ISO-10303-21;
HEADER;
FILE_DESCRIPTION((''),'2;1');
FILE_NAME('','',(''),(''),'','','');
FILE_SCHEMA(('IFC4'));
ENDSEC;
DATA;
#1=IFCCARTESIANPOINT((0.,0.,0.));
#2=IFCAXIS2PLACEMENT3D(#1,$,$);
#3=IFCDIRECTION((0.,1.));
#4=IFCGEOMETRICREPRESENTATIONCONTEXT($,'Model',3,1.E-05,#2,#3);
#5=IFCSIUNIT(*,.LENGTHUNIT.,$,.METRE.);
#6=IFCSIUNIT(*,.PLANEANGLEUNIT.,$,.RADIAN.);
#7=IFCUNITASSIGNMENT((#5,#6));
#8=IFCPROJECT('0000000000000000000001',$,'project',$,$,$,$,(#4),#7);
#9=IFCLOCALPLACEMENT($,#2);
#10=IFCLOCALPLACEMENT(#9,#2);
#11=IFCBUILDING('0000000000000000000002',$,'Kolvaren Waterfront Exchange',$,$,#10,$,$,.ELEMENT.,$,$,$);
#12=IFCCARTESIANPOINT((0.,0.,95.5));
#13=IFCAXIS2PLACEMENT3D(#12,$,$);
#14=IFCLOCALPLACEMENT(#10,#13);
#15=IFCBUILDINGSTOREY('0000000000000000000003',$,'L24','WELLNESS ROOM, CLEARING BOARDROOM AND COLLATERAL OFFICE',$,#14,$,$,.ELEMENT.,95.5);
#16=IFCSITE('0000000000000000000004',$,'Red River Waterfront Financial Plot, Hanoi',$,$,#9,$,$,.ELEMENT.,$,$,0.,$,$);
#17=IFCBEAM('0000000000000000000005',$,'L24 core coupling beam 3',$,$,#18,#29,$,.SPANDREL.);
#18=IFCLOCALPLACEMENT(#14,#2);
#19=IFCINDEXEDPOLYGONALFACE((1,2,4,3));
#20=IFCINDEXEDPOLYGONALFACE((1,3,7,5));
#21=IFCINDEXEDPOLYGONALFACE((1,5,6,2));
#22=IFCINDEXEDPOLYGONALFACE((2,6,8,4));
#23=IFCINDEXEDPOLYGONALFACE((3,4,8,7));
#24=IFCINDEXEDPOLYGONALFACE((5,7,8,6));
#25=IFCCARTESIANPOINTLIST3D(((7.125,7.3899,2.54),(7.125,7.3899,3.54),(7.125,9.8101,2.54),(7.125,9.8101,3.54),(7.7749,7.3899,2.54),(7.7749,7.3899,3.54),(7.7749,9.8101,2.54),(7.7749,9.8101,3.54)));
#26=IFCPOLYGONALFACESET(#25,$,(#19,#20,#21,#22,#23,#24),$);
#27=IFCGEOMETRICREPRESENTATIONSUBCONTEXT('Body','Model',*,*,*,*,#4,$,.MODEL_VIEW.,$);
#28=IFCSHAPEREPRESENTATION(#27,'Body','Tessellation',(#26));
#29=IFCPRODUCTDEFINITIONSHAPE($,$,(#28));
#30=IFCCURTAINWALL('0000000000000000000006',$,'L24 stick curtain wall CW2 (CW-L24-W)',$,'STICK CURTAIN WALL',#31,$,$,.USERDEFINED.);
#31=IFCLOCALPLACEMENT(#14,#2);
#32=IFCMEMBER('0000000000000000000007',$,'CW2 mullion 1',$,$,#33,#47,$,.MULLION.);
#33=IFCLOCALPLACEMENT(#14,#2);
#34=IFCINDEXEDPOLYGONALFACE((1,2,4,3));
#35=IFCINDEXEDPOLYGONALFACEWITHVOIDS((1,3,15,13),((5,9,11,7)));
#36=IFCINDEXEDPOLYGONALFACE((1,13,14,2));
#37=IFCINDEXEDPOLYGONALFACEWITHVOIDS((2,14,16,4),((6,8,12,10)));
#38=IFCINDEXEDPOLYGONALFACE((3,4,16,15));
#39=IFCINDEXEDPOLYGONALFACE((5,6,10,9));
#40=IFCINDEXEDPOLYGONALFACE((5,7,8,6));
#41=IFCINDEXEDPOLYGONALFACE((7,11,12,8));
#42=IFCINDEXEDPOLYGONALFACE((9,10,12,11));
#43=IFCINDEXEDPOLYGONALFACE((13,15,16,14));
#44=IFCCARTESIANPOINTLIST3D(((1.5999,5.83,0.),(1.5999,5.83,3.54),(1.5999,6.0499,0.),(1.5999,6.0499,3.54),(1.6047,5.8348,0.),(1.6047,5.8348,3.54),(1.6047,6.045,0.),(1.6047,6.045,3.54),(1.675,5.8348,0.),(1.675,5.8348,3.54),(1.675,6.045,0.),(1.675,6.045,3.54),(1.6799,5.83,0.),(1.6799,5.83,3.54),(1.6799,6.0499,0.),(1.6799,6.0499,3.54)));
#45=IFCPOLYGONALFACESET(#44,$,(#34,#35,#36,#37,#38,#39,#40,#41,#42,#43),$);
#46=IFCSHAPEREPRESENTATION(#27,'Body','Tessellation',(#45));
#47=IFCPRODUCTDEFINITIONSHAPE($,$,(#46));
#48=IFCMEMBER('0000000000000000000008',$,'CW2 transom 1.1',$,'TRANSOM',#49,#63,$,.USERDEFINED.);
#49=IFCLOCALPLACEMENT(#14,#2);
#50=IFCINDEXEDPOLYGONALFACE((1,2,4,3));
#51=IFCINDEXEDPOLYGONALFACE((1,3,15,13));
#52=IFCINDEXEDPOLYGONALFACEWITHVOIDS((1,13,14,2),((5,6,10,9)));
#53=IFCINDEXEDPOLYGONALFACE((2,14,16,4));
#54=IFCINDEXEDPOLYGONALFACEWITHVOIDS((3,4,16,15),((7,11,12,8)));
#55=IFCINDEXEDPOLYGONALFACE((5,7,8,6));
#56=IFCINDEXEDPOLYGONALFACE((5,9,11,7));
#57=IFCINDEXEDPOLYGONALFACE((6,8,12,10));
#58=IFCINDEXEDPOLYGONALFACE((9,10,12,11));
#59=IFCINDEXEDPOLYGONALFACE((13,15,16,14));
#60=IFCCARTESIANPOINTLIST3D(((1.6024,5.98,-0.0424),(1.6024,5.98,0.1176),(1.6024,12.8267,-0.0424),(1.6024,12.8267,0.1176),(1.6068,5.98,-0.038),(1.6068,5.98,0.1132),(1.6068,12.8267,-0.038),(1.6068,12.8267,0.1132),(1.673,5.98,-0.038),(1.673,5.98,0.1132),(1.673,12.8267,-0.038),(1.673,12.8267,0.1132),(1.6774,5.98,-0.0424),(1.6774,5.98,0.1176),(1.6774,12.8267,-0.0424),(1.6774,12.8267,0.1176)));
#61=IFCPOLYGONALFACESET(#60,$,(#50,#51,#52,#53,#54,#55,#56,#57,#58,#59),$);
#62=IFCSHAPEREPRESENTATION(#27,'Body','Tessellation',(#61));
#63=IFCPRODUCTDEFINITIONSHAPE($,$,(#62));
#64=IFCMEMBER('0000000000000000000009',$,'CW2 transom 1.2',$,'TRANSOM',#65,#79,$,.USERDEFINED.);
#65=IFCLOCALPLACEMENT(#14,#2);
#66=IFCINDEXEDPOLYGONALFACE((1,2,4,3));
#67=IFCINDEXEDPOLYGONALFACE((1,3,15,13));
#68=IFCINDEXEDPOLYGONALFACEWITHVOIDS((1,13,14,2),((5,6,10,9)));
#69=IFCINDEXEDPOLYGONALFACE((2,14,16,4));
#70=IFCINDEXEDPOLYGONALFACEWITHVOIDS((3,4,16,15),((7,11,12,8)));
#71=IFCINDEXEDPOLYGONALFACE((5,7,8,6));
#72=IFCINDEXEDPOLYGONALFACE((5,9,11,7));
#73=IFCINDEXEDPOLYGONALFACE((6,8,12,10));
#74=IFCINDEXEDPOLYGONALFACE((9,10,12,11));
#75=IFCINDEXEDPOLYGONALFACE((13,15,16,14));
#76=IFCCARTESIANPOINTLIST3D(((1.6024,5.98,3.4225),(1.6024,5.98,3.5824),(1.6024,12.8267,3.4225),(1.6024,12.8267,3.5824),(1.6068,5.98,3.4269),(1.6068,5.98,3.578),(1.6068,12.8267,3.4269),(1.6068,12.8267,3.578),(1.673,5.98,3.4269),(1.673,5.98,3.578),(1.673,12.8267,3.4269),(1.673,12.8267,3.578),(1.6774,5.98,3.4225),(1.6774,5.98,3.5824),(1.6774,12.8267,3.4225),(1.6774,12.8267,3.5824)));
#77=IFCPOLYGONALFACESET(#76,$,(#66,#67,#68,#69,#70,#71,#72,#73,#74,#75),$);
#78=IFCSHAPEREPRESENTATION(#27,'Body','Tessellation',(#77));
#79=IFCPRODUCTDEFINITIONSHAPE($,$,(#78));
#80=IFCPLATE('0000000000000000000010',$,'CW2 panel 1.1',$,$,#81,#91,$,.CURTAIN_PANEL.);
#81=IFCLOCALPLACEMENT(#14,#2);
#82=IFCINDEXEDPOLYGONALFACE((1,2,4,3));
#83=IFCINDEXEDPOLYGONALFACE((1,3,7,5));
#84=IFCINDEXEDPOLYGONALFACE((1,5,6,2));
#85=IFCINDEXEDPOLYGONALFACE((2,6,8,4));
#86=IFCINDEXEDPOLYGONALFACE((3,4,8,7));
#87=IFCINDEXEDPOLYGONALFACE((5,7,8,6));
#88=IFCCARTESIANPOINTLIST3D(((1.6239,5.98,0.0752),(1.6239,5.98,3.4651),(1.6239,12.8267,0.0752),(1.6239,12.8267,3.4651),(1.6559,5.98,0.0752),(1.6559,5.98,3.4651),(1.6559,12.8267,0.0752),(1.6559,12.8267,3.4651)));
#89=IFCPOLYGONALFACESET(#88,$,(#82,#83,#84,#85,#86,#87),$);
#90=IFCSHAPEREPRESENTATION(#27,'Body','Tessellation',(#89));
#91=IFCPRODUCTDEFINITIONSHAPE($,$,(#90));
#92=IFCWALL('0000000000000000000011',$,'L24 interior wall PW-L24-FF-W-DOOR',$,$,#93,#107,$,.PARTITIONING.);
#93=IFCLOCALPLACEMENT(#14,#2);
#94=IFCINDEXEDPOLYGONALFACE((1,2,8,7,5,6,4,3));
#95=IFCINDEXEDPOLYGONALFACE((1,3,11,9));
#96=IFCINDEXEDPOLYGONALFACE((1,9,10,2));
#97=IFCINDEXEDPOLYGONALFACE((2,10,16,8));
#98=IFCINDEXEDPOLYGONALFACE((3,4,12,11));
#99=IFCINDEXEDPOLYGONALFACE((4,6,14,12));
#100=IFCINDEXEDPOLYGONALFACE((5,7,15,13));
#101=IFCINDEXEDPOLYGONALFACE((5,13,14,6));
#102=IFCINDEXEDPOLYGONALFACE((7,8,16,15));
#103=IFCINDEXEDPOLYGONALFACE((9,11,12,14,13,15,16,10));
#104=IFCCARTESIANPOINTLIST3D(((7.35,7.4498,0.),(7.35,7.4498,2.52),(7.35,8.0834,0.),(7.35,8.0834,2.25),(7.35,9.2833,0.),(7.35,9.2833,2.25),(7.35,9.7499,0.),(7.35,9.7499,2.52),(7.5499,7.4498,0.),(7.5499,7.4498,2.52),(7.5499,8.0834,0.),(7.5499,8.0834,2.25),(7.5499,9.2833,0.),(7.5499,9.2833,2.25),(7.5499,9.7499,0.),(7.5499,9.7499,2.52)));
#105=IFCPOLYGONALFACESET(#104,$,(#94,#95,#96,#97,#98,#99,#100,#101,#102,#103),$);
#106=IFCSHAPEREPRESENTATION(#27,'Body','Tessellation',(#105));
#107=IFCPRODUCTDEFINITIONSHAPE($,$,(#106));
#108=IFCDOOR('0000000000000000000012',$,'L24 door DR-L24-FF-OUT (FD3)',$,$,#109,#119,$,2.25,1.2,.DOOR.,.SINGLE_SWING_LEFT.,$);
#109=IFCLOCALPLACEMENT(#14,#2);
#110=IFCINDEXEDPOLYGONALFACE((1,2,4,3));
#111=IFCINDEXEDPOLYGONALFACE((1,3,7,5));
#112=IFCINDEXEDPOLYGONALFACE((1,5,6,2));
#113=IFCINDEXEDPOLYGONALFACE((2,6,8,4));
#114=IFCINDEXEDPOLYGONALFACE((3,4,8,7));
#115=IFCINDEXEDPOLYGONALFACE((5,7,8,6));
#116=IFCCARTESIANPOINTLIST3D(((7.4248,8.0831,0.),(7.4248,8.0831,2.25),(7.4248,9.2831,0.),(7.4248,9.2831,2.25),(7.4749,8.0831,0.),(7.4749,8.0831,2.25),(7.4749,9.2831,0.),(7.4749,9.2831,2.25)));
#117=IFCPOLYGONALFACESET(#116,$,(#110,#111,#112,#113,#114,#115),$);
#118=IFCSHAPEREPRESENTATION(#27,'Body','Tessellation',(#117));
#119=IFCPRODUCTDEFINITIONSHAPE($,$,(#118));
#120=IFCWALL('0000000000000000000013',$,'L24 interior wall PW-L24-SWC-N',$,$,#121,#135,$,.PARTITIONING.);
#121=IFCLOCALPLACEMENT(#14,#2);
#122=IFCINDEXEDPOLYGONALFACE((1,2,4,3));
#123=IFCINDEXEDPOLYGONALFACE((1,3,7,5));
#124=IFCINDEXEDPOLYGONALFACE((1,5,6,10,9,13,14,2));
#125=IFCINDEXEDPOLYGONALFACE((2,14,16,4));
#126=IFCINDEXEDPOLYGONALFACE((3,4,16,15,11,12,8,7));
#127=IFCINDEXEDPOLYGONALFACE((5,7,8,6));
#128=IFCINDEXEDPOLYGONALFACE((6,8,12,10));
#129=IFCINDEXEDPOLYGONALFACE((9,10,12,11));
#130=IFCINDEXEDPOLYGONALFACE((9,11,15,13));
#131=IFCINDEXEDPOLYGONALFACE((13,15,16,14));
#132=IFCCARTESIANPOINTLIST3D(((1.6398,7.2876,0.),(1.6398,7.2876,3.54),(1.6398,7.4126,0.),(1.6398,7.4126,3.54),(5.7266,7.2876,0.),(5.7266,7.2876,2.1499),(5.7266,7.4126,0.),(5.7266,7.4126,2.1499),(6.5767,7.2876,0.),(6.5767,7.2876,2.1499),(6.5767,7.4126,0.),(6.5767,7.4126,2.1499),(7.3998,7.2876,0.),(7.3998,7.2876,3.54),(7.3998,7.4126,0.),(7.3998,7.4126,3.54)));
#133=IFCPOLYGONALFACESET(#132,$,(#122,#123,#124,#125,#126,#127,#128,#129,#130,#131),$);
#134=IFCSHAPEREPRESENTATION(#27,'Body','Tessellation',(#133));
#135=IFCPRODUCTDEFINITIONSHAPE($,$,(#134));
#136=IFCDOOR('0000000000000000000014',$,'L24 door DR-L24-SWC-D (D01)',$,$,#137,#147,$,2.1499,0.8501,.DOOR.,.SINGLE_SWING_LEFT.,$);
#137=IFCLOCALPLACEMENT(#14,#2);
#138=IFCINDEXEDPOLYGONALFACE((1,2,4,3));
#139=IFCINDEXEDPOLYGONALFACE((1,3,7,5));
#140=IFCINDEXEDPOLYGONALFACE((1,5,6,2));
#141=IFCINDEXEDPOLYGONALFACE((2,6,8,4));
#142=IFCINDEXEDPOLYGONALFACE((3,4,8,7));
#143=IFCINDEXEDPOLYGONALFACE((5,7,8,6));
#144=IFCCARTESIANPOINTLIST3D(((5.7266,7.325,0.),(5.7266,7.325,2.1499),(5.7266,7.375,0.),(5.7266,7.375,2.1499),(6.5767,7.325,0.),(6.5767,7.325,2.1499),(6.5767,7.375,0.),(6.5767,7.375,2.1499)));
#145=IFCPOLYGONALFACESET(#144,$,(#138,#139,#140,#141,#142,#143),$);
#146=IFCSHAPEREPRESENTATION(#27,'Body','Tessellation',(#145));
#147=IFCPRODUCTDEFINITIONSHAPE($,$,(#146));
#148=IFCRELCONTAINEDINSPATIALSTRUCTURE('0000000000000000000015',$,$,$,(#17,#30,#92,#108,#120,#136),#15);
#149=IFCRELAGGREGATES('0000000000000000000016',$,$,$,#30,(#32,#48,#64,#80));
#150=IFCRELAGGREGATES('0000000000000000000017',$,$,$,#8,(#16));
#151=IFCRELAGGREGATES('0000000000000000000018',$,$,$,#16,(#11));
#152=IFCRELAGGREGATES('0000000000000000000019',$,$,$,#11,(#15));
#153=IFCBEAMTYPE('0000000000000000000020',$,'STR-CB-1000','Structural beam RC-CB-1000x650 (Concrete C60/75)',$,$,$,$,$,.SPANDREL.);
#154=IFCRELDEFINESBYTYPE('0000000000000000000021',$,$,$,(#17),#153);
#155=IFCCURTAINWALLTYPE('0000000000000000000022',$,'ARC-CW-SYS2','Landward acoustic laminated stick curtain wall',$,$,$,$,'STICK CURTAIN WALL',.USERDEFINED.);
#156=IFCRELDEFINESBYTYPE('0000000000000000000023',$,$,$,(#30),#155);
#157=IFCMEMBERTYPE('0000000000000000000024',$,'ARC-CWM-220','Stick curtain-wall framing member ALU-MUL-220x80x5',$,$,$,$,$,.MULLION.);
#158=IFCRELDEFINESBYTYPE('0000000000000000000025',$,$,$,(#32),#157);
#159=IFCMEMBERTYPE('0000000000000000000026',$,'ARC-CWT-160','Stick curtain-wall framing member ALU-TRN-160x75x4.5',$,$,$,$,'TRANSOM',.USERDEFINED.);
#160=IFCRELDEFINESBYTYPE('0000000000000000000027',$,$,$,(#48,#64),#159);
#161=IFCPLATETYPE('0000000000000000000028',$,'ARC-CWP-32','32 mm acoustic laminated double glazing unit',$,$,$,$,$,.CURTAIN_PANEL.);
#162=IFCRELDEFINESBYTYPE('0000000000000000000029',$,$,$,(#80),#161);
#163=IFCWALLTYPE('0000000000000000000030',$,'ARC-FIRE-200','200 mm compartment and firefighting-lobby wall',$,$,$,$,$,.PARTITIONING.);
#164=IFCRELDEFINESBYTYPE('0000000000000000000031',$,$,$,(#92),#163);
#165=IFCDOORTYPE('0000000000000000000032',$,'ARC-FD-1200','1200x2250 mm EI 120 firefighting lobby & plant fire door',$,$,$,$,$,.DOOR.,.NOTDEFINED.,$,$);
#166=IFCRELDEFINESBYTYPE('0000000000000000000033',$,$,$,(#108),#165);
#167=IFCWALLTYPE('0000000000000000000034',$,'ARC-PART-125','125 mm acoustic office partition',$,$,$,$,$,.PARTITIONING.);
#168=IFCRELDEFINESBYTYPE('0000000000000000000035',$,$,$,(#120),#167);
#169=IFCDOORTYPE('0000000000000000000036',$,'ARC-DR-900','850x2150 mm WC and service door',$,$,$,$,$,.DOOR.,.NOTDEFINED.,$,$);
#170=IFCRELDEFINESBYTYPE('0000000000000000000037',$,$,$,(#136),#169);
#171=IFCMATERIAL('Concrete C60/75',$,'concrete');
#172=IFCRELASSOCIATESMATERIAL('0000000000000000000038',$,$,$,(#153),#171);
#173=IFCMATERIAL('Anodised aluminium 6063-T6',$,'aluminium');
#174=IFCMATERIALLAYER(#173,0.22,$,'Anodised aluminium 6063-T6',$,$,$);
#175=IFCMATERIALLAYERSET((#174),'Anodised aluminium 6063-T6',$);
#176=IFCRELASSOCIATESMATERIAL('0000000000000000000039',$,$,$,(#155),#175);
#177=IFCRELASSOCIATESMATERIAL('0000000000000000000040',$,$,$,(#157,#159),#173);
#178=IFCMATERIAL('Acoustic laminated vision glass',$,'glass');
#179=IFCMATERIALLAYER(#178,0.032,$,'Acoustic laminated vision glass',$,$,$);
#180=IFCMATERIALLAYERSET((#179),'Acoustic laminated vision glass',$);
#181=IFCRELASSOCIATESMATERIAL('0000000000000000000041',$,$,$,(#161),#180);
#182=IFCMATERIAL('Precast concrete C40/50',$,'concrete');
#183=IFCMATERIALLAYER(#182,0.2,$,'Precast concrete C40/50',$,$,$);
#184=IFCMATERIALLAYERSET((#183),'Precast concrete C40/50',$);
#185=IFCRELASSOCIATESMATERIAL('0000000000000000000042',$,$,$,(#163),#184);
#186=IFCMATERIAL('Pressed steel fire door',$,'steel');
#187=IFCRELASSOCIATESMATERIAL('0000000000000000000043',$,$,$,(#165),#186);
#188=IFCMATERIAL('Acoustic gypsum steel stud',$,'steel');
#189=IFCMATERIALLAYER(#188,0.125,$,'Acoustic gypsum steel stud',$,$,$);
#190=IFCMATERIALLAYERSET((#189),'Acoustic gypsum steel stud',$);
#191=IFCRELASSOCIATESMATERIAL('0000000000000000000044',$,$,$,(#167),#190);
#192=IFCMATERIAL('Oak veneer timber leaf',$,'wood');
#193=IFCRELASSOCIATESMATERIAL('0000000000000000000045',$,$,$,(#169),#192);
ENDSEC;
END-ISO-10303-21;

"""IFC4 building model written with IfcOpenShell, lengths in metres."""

from ifc_helpers import new_model, si_unit, direction, frame, frame_2d, origin, origin_with_axes, origin_2d, place, context, subcontext, project, spatial, rectangle, hollow_rectangle, extrude, source, transform, mapped, material, layer, layer_set, material_profile, profile_set, type_object, element, fill, aggregate, save


model = new_model("IFC4")

# Units and contexts
model_context = context("Model", 3, precision=1e-05, world=origin(), true_north=direction((0.0, 1.0)))
body_context = subcontext(model_context, "Body", "Model", "MODEL_VIEW")
ifc_project = project(units=[si_unit("LENGTHUNIT", "METRE"), si_unit("PLANEANGLEUNIT", "RADIAN")], contexts=[model_context])

# Site, building, storey
site_placement = place(None, origin())
site = spatial("IfcSite", under=ifc_project, at=site_placement, Name="Red River Waterfront Financial Plot, Hanoi", CompositionType="ELEMENT", RefElevation=0.0)
building_placement = place(site_placement, origin())
building = spatial("IfcBuilding", under=site, at=building_placement, Name="Kolvaren Waterfront Exchange", CompositionType="ELEMENT")
storey_placement = place(building_placement, frame((0.0, 0.0, 95.5)))
storey = spatial("IfcBuildingStorey", under=building, at=storey_placement, Name="L24", Description="WELLNESS ROOM, CLEARING BOARDROOM AND COLLATERAL OFFICE", CompositionType="ELEMENT", Elevation=95.5)

# Beam
ifc_material_1 = material(Name="Concrete C60/75", Category="concrete")
ifc_material_profile_1 = material_profile(ifc_material_1, rectangle(XDim=0.6499, YDim=1.0, at=origin_2d()), Name="RC-CB-1000x650")
ifc_profile_set_1 = profile_set([ifc_material_profile_1], Name="Concrete C60/75")
beam_type = type_object("IfcBeamType", Name="STR-CB-1000", Description="Structural beam RC-CB-1000x650 (Concrete C60/75)", PredefinedType="SPANDREL", material=ifc_profile_set_1)
beam_placement = place(storey_placement, frame((7.45, 7.3899, 3.04), z_axis=(0.0, 1.0, 0.0), x_axis=(-1.0, 0.0, 0.0)))
element("IfcBeam", 1, at=beam_placement, inside=storey, type_object=beam_type, Name="L24 core coupling beam 3", PredefinedType="SPANDREL", context=body_context, shape_type="SweptSolid", body=[
    extrude(rectangle(XDim=0.6499, YDim=1.0, at=origin_2d()), origin(), (0.0, 0.0, 1.0), 2.4202),
])

# Curtain wall, members, plate
ifc_material_2 = material(Name="Anodised aluminium 6063-T6", Category="aluminium")
ifc_layer_1 = layer(ifc_material_2, 0.22, Name="Anodised aluminium 6063-T6")
ifc_layer_set_1 = layer_set([ifc_layer_1], Name="Anodised aluminium 6063-T6")
curtain_wall_type = type_object("IfcCurtainWallType", Name="ARC-CW-SYS2", Description="Landward acoustic laminated stick curtain wall", ElementType="STICK CURTAIN WALL", PredefinedType="USERDEFINED", material=ifc_layer_set_1)
curtain_wall_placement = place(storey_placement, origin())
curtain_wall = element("IfcCurtainWall", 2, at=curtain_wall_placement, inside=storey, type_object=curtain_wall_type, Name="L24 stick curtain wall CW2 (CW-L24-W)", ObjectType="STICK CURTAIN WALL", PredefinedType="USERDEFINED")
ifc_material_profile_2 = material_profile(ifc_material_2, hollow_rectangle(XDim=0.0801, YDim=0.22, WallThickness=0.0049, at=origin_2d()), Name="ALU-MUL-220x80x5")
ifc_profile_set_2 = profile_set([ifc_material_profile_2], Name="Anodised aluminium 6063-T6")
member_type_1 = type_object("IfcMemberType", Name="ARC-CWM-220", Description="Stick curtain-wall framing member ALU-MUL-220x80x5", PredefinedType="MULLION", material=ifc_profile_set_2)
shared_shape_1 = source(origin_with_axes(), body_context, "Body", "SweptSolid", [
    extrude(hollow_rectangle(XDim=0.0801, YDim=0.22, WallThickness=0.0049, at=origin_2d()), origin(), (0.0, 0.0, 1.0), 3.54),
])
member_1_placement = place(storey_placement, frame((1.6399, 5.9399, 0.0), z_axis=(0.0, 0.0, 1.0), x_axis=(-1.0, 0.0, 0.0)))
member_1 = element("IfcMember", 3, at=member_1_placement, type_object=member_type_1, Name="CW2 mullion 1", PredefinedType="MULLION", context=body_context, shape_type="MappedRepresentation", body=[
    mapped(shared_shape_1, transform((0.0, 0.0, 0.0), x_axis=(1.0, 0.0, 0.0), y_axis=(0.0, 1.0, 0.0), z_axis=(0.0, 0.0, 1.0), scale=1.0)),
])
ifc_material_profile_3 = material_profile(ifc_material_2, hollow_rectangle(XDim=0.075, YDim=0.1599, WallThickness=0.0044, at=origin_2d()), Name="ALU-TRN-160x75x4.5")
ifc_profile_set_3 = profile_set([ifc_material_profile_3], Name="Anodised aluminium 6063-T6")
member_type_2 = type_object("IfcMemberType", Name="ARC-CWT-160", Description="Stick curtain-wall framing member ALU-TRN-160x75x4.5", ElementType="TRANSOM", PredefinedType="USERDEFINED", material=ifc_profile_set_3)
shared_shape_2 = source(origin_with_axes(), body_context, "Body", "SweptSolid", [
    extrude(hollow_rectangle(XDim=0.075, YDim=0.1599, WallThickness=0.0044, at=origin_2d()), origin(), (0.0, 0.0, 1.0), 6.8467),
])
member_2_placement = place(storey_placement, frame((1.6399, 5.98, 0.0376), z_axis=(0.0, 1.0, 0.0), x_axis=(-1.0, 0.0, 0.0)))
member_2 = element("IfcMember", 4, at=member_2_placement, type_object=member_type_2, Name="CW2 transom 1.1", ObjectType="TRANSOM", PredefinedType="USERDEFINED", context=body_context, shape_type="MappedRepresentation", body=[
    mapped(shared_shape_2, transform((0.0, 0.0, 0.0), x_axis=(1.0, 0.0, 0.0), y_axis=(0.0, 1.0, 0.0), z_axis=(0.0, 0.0, 1.0), scale=1.0)),
])
member_3_placement = place(storey_placement, frame((1.6399, 5.98, 3.5024), z_axis=(0.0, 1.0, 0.0), x_axis=(-1.0, 0.0, 0.0)))
member_3 = element("IfcMember", 5, at=member_3_placement, type_object=member_type_2, Name="CW2 transom 1.2", ObjectType="TRANSOM", PredefinedType="USERDEFINED", context=body_context, shape_type="MappedRepresentation", body=[
    mapped(shared_shape_2, transform((0.0, 0.0, 0.0), x_axis=(1.0, 0.0, 0.0), y_axis=(0.0, 1.0, 0.0), z_axis=(0.0, 0.0, 1.0), scale=1.0)),
])
ifc_material_3 = material(Name="Acoustic laminated vision glass", Category="glass")
ifc_layer_2 = layer(ifc_material_3, 0.032, Name="Acoustic laminated vision glass")
ifc_layer_set_2 = layer_set([ifc_layer_2], Name="Acoustic laminated vision glass")
plate_type = type_object("IfcPlateType", Name="ARC-CWP-32", Description="32 mm acoustic laminated double glazing unit", PredefinedType="CURTAIN_PANEL", material=ifc_layer_set_2)
shared_shape_3 = source(origin_with_axes(), body_context, "Body", "SweptSolid", [
    extrude(rectangle(XDim=6.8467, YDim=0.032, at=origin_2d()), origin(), (0.0, 0.0, 1.0), 3.3899),
])
plate_placement = place(storey_placement, frame((1.6399, 9.4033, 0.0752), z_axis=(0.0, 0.0, 1.0), x_axis=(0.0, 1.0, 0.0)))
plate = element("IfcPlate", 6, at=plate_placement, type_object=plate_type, Name="CW2 panel 1.1", PredefinedType="CURTAIN_PANEL", context=body_context, shape_type="MappedRepresentation", body=[
    mapped(shared_shape_3, transform((0.0, 0.0, 0.0), x_axis=(1.0, 0.0, 0.0), y_axis=(0.0, 1.0, 0.0), z_axis=(0.0, 0.0, 1.0), scale=1.0)),
])
aggregate(curtain_wall, [member_1, member_2, member_3, plate])

# Walls, openings, doors
ifc_material_4 = material(Name="Precast concrete C40/50", Category="concrete")
ifc_layer_3 = layer(ifc_material_4, 0.2, Name="Precast concrete C40/50")
ifc_layer_set_3 = layer_set([ifc_layer_3], Name="Precast concrete C40/50")
wall_type_1 = type_object("IfcWallType", Name="ARC-FIRE-200", Description="200 mm compartment and firefighting-lobby wall", PredefinedType="PARTITIONING", material=ifc_layer_set_3)
wall_1_placement = place(storey_placement, frame((7.45, 7.45, 0.0), z_axis=(0.0, 0.0, 1.0), x_axis=(0.0, 1.0, 0.0)))
wall_1 = element("IfcWall", 7, at=wall_1_placement, inside=storey, type_object=wall_type_1, Name="L24 interior wall PW-L24-FF-W-DOOR", PredefinedType="PARTITIONING", context=body_context, shape_type="SweptSolid", body=[
    extrude(rectangle(XDim=2.3, YDim=0.2, at=frame_2d((1.1499, 0.0))), origin(), (0.0, 0.0, 1.0), 2.52),
])
opening_1_placement = place(wall_1_placement, frame((0.6333, 0.0, 0.0)))
opening_1 = element("IfcOpeningElement", 8, at=opening_1_placement, cuts=wall_1, PredefinedType="OPENING", context=body_context, shape_type="SweptSolid", body=[
    extrude(rectangle(XDim=1.2, YDim=2.25, at=frame_2d((0.6001, 1.125))), frame((0.0, 0.1099, 0.0), z_axis=(0.0, -1.0, 0.0), x_axis=(1.0, 0.0, 0.0)), (0.0, 0.0, 1.0), 0.22),
])
ifc_material_5 = material(Name="Pressed steel fire door", Category="steel")
door_type_1 = type_object("IfcDoorType", Name="ARC-FD-1200", Description="1200x2250 mm EI 120 firefighting lobby & plant fire door", OperationType="NOTDEFINED", PredefinedType="DOOR", material=ifc_material_5)
door_1_placement = place(opening_1_placement, frame((1.2, 0.0, 0.0), z_axis=(0.0, 0.0, 1.0), x_axis=(-1.0, 0.0, 0.0)))
door_1 = element("IfcDoor", 9, at=door_1_placement, inside=storey, type_object=door_type_1, Name="L24 door DR-L24-FF-OUT (FD3)", OperationType="SINGLE_SWING_LEFT", OverallHeight=2.25, OverallWidth=1.2, PredefinedType="DOOR", context=body_context, shape_type="SweptSolid", body=[
    extrude(rectangle(XDim=1.2, YDim=2.25, at=frame_2d((0.6001, 1.125))), frame((0.0, 0.0249, 0.0), z_axis=(0.0, -1.0, 0.0), x_axis=(1.0, 0.0, 0.0)), (0.0, 0.0, 1.0), 0.05),
])
fill(opening_1, door_1)
ifc_material_6 = material(Name="Acoustic gypsum steel stud", Category="steel")
ifc_layer_4 = layer(ifc_material_6, 0.125, Name="Acoustic gypsum steel stud")
ifc_layer_set_4 = layer_set([ifc_layer_4], Name="Acoustic gypsum steel stud")
wall_type_2 = type_object("IfcWallType", Name="ARC-PART-125", Description="125 mm acoustic office partition", PredefinedType="PARTITIONING", material=ifc_layer_set_4)
wall_2_placement = place(storey_placement, frame((1.6399, 7.3501, 0.0), z_axis=(0.0, 0.0, 1.0), x_axis=(1.0, 0.0, 0.0)))
wall_2 = element("IfcWall", 10, at=wall_2_placement, inside=storey, type_object=wall_type_2, Name="L24 interior wall PW-L24-SWC-N", PredefinedType="PARTITIONING", context=body_context, shape_type="SweptSolid", body=[
    extrude(rectangle(XDim=5.76, YDim=0.125, at=frame_2d((2.8799, 0.0))), origin(), (0.0, 0.0, 1.0), 3.54),
])
opening_2_placement = place(wall_2_placement, frame((4.0867, 0.0, 0.0)))
opening_2 = element("IfcOpeningElement", 11, at=opening_2_placement, cuts=wall_2, PredefinedType="OPENING", context=body_context, shape_type="SweptSolid", body=[
    extrude(rectangle(XDim=0.8501, YDim=2.1499, at=frame_2d((0.425, 1.075))), frame((0.0, 0.0725, 0.0), z_axis=(0.0, -1.0, 0.0), x_axis=(1.0, 0.0, 0.0)), (0.0, 0.0, 1.0), 0.145),
])
ifc_material_7 = material(Name="Oak veneer timber leaf", Category="wood")
door_type_2 = type_object("IfcDoorType", Name="ARC-DR-900", Description="850x2150 mm WC and service door", OperationType="NOTDEFINED", PredefinedType="DOOR", material=ifc_material_7)
door_2_placement = place(opening_2_placement, origin())
door_2 = element("IfcDoor", 12, at=door_2_placement, inside=storey, type_object=door_type_2, Name="L24 door DR-L24-SWC-D (D01)", OperationType="SINGLE_SWING_LEFT", OverallHeight=2.1499, OverallWidth=0.8501, PredefinedType="DOOR", context=body_context, shape_type="SweptSolid", body=[
    extrude(rectangle(XDim=0.8501, YDim=2.1499, at=frame_2d((0.425, 1.075))), frame((0.0, 0.0249, 0.0), z_axis=(0.0, -1.0, 0.0), x_axis=(1.0, 0.0, 0.0)), (0.0, 0.0, 1.0), 0.05),
])
fill(opening_2, door_2)

save(model, "model.ifc")
